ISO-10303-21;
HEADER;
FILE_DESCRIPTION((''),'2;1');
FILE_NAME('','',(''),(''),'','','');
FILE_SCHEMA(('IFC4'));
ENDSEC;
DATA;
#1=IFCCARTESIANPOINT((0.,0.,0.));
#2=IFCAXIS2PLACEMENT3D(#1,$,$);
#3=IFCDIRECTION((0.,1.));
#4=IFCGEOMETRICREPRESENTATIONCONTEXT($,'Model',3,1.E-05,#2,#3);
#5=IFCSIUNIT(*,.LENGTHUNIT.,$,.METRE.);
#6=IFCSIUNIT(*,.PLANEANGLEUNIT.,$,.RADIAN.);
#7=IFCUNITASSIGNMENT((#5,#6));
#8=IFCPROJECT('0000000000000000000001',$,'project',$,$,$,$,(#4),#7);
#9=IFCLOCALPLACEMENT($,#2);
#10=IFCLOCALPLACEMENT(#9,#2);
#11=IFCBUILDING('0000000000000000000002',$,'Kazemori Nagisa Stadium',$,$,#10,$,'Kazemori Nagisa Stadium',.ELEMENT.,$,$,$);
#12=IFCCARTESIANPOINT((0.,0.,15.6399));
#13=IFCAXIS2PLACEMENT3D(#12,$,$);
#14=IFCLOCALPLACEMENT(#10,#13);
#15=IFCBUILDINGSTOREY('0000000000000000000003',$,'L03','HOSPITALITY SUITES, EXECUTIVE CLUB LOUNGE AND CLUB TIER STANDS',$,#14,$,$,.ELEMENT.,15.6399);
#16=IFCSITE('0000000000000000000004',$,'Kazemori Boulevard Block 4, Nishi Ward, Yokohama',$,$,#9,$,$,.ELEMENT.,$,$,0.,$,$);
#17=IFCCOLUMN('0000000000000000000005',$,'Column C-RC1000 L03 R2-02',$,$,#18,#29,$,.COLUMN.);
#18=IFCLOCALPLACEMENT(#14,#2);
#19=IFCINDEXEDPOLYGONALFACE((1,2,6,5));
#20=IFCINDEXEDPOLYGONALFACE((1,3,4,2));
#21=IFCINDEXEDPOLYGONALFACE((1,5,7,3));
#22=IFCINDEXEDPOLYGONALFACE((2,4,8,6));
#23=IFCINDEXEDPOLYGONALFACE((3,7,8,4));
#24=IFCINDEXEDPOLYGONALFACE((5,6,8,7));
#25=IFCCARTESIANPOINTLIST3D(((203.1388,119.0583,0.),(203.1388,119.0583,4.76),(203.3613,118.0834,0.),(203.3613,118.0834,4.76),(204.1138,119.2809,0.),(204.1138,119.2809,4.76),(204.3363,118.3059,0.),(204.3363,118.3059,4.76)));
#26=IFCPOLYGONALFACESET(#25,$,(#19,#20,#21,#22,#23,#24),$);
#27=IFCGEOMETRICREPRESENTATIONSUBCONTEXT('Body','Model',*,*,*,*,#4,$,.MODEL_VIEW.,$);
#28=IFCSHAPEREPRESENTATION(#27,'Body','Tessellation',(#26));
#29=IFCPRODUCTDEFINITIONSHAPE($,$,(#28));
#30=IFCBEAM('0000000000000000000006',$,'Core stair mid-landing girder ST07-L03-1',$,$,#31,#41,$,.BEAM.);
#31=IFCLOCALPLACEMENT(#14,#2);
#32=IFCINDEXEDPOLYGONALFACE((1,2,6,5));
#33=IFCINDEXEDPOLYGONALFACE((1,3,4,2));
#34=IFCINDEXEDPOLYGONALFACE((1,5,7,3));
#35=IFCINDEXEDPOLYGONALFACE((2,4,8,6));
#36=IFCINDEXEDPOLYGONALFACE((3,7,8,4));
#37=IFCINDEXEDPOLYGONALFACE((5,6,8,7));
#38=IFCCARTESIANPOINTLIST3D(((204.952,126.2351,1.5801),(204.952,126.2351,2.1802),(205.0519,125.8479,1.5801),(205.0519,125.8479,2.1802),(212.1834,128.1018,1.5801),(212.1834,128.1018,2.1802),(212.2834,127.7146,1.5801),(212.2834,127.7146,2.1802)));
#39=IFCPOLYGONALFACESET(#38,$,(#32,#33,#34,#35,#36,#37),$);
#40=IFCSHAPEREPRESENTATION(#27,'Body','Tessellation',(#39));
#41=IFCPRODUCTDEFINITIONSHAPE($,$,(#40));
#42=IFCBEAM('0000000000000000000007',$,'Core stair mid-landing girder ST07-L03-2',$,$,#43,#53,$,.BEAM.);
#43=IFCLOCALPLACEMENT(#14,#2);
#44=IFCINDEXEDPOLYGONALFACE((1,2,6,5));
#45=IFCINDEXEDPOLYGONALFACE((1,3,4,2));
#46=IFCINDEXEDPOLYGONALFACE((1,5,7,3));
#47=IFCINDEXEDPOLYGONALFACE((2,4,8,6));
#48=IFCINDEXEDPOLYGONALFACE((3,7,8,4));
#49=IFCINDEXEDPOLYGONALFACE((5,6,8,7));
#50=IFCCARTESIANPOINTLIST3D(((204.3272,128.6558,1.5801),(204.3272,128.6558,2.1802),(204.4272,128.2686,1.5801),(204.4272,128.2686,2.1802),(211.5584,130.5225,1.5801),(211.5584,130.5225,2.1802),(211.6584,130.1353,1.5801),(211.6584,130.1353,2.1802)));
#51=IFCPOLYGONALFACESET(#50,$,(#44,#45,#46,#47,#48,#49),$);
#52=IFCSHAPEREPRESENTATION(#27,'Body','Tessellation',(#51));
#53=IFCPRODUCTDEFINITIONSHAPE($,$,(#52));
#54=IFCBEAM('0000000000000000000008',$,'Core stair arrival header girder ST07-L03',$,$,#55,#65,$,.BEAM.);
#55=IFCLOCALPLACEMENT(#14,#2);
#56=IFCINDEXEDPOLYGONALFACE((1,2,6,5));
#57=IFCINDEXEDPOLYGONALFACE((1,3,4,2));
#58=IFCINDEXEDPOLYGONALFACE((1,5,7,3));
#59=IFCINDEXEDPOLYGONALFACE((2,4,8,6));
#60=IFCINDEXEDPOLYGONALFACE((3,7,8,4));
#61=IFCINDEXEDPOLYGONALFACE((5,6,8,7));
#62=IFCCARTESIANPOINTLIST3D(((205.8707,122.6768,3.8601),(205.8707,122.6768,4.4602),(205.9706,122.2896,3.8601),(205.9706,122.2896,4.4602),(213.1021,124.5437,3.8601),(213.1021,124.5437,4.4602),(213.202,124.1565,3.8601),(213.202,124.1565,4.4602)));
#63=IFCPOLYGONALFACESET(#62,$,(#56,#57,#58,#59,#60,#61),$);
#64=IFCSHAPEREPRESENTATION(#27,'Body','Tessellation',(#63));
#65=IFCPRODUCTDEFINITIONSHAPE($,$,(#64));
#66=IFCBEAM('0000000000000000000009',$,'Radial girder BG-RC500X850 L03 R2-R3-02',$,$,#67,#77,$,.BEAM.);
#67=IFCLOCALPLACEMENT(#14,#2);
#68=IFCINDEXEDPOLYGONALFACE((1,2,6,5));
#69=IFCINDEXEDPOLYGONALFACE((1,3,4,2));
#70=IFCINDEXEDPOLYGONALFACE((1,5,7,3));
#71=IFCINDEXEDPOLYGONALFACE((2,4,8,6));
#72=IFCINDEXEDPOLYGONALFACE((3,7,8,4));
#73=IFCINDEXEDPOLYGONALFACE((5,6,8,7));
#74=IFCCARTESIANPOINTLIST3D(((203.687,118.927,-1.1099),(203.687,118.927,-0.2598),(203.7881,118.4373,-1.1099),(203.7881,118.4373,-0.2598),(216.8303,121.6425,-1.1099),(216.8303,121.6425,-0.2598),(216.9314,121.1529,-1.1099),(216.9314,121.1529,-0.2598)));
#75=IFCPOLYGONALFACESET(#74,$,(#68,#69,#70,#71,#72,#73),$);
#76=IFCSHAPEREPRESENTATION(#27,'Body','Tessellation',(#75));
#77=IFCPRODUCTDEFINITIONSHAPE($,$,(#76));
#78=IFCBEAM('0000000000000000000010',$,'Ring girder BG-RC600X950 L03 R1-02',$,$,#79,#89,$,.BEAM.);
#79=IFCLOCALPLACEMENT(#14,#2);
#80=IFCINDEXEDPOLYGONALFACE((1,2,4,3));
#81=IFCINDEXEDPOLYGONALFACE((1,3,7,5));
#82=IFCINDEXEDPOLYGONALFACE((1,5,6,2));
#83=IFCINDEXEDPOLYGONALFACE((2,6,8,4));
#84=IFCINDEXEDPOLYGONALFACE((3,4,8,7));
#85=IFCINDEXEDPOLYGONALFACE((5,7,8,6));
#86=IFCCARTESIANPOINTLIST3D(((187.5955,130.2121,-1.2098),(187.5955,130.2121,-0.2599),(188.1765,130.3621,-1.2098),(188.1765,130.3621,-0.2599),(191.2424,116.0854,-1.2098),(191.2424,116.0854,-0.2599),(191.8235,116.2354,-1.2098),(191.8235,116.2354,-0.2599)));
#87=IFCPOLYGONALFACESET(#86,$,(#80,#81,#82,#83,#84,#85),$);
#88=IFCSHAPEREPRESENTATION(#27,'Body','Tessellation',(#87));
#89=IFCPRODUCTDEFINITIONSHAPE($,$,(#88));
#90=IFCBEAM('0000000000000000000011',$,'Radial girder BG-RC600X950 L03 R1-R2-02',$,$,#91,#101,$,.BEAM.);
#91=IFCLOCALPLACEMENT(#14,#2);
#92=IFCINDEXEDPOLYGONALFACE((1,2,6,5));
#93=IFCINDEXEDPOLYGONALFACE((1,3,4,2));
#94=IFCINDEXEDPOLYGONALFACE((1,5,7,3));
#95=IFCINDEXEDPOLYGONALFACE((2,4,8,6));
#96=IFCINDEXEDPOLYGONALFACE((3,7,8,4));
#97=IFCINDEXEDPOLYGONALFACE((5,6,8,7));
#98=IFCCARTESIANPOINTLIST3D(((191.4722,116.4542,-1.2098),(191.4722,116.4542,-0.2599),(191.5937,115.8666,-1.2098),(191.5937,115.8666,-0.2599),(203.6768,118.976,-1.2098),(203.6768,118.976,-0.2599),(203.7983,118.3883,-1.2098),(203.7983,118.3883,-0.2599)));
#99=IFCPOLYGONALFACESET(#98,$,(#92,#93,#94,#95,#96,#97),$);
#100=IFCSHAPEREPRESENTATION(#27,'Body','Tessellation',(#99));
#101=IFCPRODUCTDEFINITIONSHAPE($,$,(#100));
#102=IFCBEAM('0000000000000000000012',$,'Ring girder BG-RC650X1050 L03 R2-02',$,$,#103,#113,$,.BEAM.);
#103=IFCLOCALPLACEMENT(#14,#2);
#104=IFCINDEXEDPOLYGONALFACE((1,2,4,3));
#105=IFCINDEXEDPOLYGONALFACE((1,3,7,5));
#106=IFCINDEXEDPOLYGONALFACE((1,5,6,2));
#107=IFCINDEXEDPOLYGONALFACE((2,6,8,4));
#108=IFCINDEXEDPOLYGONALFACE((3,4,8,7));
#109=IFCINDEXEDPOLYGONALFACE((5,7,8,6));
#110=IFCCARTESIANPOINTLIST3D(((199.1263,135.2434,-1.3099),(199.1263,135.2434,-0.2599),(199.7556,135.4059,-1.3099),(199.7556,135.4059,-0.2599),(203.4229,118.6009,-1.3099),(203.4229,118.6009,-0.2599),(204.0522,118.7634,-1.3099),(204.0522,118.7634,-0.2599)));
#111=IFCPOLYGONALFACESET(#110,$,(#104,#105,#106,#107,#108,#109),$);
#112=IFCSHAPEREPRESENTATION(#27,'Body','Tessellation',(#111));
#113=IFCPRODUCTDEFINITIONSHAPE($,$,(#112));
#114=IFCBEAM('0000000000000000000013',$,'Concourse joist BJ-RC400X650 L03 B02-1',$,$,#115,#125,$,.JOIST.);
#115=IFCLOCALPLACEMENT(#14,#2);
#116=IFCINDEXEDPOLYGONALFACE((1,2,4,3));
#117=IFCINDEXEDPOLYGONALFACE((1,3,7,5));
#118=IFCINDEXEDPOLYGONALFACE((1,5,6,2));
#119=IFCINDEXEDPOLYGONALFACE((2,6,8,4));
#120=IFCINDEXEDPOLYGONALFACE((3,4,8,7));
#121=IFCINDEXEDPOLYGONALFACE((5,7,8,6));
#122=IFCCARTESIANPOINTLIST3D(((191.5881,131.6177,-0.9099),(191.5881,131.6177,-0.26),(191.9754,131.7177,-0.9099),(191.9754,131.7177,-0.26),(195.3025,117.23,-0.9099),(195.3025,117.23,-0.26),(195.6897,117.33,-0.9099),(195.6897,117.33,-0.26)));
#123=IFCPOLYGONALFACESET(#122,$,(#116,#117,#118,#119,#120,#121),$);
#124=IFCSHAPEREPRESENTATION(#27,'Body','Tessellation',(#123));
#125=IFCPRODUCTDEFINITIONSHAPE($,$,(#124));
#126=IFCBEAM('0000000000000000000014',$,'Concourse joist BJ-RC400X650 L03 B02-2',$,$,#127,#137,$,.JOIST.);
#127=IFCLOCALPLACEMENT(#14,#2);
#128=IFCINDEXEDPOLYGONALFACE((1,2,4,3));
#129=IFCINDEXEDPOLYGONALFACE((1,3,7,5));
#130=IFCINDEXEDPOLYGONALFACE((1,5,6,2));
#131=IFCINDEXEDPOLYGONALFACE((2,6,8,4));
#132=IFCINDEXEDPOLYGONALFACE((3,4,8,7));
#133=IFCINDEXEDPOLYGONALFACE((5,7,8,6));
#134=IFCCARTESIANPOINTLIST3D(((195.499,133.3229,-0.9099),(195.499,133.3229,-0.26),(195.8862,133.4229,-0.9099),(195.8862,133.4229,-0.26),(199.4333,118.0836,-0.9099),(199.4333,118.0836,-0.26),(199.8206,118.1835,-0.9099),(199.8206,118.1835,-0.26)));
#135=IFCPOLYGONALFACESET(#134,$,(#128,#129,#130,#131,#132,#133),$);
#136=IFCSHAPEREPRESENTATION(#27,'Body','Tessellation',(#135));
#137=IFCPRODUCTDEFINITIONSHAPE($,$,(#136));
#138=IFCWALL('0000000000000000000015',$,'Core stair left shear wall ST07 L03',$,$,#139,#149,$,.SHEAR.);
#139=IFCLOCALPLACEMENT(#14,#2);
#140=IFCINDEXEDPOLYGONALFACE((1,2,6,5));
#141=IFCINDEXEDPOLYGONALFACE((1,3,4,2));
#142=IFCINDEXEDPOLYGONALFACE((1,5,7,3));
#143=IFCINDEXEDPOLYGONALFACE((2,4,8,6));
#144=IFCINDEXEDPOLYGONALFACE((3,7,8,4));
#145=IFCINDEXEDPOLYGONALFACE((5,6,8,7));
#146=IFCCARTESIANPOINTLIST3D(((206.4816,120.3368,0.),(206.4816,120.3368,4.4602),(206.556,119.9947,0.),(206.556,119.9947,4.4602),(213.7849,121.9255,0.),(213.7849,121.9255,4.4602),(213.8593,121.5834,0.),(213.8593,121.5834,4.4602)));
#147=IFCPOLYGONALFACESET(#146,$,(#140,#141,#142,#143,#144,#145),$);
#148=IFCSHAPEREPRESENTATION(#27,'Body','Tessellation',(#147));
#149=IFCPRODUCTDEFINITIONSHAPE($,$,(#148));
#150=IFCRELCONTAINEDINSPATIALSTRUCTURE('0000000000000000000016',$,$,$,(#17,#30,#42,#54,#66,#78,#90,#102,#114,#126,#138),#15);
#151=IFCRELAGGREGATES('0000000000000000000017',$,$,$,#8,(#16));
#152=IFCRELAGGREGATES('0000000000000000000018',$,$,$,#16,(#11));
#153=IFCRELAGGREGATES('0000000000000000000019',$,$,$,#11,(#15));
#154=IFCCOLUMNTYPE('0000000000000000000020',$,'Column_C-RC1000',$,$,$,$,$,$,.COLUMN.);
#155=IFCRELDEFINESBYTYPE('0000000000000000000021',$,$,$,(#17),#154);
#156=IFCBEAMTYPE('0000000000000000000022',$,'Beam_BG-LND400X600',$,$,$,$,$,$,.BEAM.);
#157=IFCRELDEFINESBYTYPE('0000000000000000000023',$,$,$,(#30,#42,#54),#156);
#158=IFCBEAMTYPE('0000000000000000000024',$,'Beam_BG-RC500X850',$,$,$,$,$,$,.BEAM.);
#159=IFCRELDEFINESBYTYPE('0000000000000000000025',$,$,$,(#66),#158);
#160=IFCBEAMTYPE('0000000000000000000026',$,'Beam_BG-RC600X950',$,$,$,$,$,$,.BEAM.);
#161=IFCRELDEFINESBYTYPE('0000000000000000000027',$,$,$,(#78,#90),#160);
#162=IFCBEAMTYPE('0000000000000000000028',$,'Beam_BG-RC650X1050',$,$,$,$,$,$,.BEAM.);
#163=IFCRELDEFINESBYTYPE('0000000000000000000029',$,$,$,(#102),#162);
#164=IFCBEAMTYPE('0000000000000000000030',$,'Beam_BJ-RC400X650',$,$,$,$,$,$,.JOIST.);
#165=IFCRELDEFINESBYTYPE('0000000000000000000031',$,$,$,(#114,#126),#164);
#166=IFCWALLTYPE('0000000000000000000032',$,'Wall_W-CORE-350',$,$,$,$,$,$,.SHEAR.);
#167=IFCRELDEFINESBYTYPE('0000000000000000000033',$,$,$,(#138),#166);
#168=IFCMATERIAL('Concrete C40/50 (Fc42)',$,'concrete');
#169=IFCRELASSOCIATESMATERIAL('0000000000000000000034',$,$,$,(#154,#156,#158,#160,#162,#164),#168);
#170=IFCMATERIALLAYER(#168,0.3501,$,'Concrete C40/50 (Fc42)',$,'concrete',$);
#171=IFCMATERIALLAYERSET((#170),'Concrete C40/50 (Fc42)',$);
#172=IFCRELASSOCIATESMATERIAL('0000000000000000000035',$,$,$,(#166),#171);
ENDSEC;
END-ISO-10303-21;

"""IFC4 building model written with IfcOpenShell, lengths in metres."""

from ifc_helpers import new_model, si_unit, direction, frame, frame_2d, origin, origin_2d, place, context, subcontext, project, spatial, rectangle, extrude, material, layer, layer_set, material_profile, profile_set, type_object, element, save


model = new_model("IFC4")

# Units and contexts
model_context = context("Model", 3, precision=1e-05, world=origin(), true_north=direction((0.0, 1.0)))
body_context = subcontext(model_context, "Body", "Model", "MODEL_VIEW")
ifc_project = project(units=[si_unit("LENGTHUNIT", "METRE"), si_unit("PLANEANGLEUNIT", "RADIAN")], contexts=[model_context])

# Site, building, storey
site_placement = place(None, origin())
site = spatial("IfcSite", under=ifc_project, at=site_placement, Name="Kazemori Boulevard Block 4, Nishi Ward, Yokohama", CompositionType="ELEMENT", RefElevation=0.0)
building_placement = place(site_placement, origin())
building = spatial("IfcBuilding", under=site, at=building_placement, Name="Kazemori Nagisa Stadium", LongName="Kazemori Nagisa Stadium", CompositionType="ELEMENT")
storey_placement = place(building_placement, frame((0.0, 0.0, 15.6399)))
storey = spatial("IfcBuildingStorey", under=building, at=storey_placement, Name="L03", Description="HOSPITALITY SUITES, EXECUTIVE CLUB LOUNGE AND CLUB TIER STANDS", CompositionType="ELEMENT", Elevation=15.6399)

# Column
ifc_material_1 = material(Name="Concrete C40/50 (Fc42)", Category="concrete")
ifc_material_profile_1 = material_profile(ifc_material_1, rectangle(XDim=1.0, YDim=1.0, at=origin_2d()), Name="RC-COL-1000x1000")
ifc_profile_set_1 = profile_set([ifc_material_profile_1], Name="Concrete C40/50 (Fc42)")
column_type_1 = type_object("IfcColumnType", Name="Column_C-RC1000", PredefinedType="COLUMN", material=ifc_profile_set_1)
column_placement = place(storey_placement, frame((203.7375, 118.6821, 0.0), z_axis=(0.0, 0.0, 1.0), x_axis=(0.974928, 0.222521, 0.0)))
element("IfcColumn", 1, at=column_placement, inside=storey, type_object=column_type_1, Name="Column C-RC1000 L03 R2-02", PredefinedType="COLUMN", context=body_context, shape_type="SweptSolid", body=[
    extrude(rectangle(XDim=1.0, YDim=1.0, at=origin_2d()), origin(), (0.0, 0.0, 1.0), 4.76),
])

# Beams
ifc_material_profile_2 = material_profile(ifc_material_1, rectangle(XDim=0.3999, YDim=0.6001, at=origin_2d()), Name="RC-BM-400x600")
ifc_profile_set_2 = profile_set([ifc_material_profile_2], Name="Concrete C40/50 (Fc42)")
beam_type_1 = type_object("IfcBeamType", Name="Beam_BG-LND400X600", PredefinedType="BEAM", material=ifc_profile_set_2)
beam_1_placement = place(storey_placement, frame((205.002, 126.0415, 1.8801), z_axis=(0.96826, 0.249943, 0.0), x_axis=(-0.249943, 0.96826, 0.0)))
element("IfcBeam", 2, at=beam_1_placement, inside=storey, type_object=beam_type_1, Name="Core stair mid-landing girder ST07-L03-1", PredefinedType="BEAM", context=body_context, shape_type="SweptSolid", body=[
    extrude(rectangle(XDim=0.3999, YDim=0.6001, at=origin_2d()), origin(), (0.0, 0.0, 1.0), 7.4685),
])
beam_2_placement = place(storey_placement, frame((204.3772, 128.4622, 1.8801), z_axis=(0.968258, 0.249951, 0.0), x_axis=(-0.249951, 0.968258, 0.0)))
element("IfcBeam", 3, at=beam_2_placement, inside=storey, type_object=beam_type_1, Name="Core stair mid-landing girder ST07-L03-2", PredefinedType="BEAM", context=body_context, shape_type="SweptSolid", body=[
    extrude(rectangle(XDim=0.3999, YDim=0.6001, at=origin_2d()), origin(), (0.0, 0.0, 1.0), 7.4683),
])
beam_3_placement = place(storey_placement, frame((205.9207, 122.4832, 4.1602), z_axis=(0.968253, 0.249974, 0.0), x_axis=(-0.249974, 0.968253, 0.0)))
element("IfcBeam", 4, at=beam_3_placement, inside=storey, type_object=beam_type_1, Name="Core stair arrival header girder ST07-L03", PredefinedType="BEAM", context=body_context, shape_type="SweptSolid", body=[
    extrude(rectangle(XDim=0.3999, YDim=0.6001, at=origin_2d()), origin(), (0.0, 0.0, 1.0), 7.4685),
])
ifc_material_profile_3 = material_profile(ifc_material_1, rectangle(XDim=0.5, YDim=0.8501, at=origin_2d()), Name="RC-BM-500x850")
ifc_profile_set_3 = profile_set([ifc_material_profile_3], Name="Concrete C40/50 (Fc42)")
beam_type_2 = type_object("IfcBeamType", Name="Beam_BG-RC500X850", PredefinedType="BEAM", material=ifc_profile_set_3)
beam_4_placement = place(storey_placement, frame((203.7375, 118.6821, -0.6848), z_axis=(0.979316, 0.202339, 0.0), x_axis=(-0.202339, 0.979316, 0.0)))
element("IfcBeam", 5, at=beam_4_placement, inside=storey, type_object=beam_type_2, Name="Radial girder BG-RC500X850 L03 R2-R3-02", PredefinedType="BEAM", context=body_context, shape_type="SweptSolid", body=[
    extrude(rectangle(XDim=0.5, YDim=0.8501, at=origin_2d()), origin(), (0.0, 0.0, 1.0), 13.4209),
])
ifc_material_profile_4 = material_profile(ifc_material_1, rectangle(XDim=0.6001, YDim=0.95, at=origin_2d()), Name="RC-BM-600x950")
ifc_profile_set_4 = profile_set([ifc_material_profile_4], Name="Concrete C40/50 (Fc42)")
beam_type_3 = type_object("IfcBeamType", Name="Beam_BG-RC600X950", PredefinedType="BEAM", material=ifc_profile_set_4)
beam_5_placement = place(storey_placement, frame((191.533, 116.1604, -0.7349), z_axis=(-0.249966, 0.968255, 0.0), x_axis=(-0.968255, -0.249966, 0.0)))
element("IfcBeam", 6, at=beam_5_placement, inside=storey, type_object=beam_type_3, Name="Ring girder BG-RC600X950 L03 R1-02", PredefinedType="BEAM", context=body_context, shape_type="SweptSolid", body=[
    extrude(rectangle(XDim=0.6001, YDim=0.95, at=origin_2d()), origin(), (0.0, 0.0, 1.0), 14.5898),
])
beam_6_placement = place(storey_placement, frame((191.533, 116.1604, -0.7349), z_axis=(0.979314, 0.202347, 0.0), x_axis=(-0.202347, 0.979314, 0.0)))
element("IfcBeam", 7, at=beam_6_placement, inside=storey, type_object=beam_type_3, Name="Radial girder BG-RC600X950 L03 R1-R2-02", PredefinedType="BEAM", context=body_context, shape_type="SweptSolid", body=[
    extrude(rectangle(XDim=0.6001, YDim=0.95, at=origin_2d()), origin(), (0.0, 0.0, 1.0), 12.4624),
])
ifc_material_profile_5 = material_profile(ifc_material_1, rectangle(XDim=0.6499, YDim=1.05, at=origin_2d()), Name="RC-BM-650x1050")
ifc_profile_set_5 = profile_set([ifc_material_profile_5], Name="Concrete C40/50 (Fc42)")
beam_type_4 = type_object("IfcBeamType", Name="Beam_BG-RC650X1050", PredefinedType="BEAM", material=ifc_profile_set_5)
beam_7_placement = place(storey_placement, frame((203.7375, 118.6821, -0.7849), z_axis=(-0.249975, 0.968252, 0.0), x_axis=(-0.968252, -0.249975, 0.0)))
element("IfcBeam", 8, at=beam_7_placement, inside=storey, type_object=beam_type_4, Name="Ring girder BG-RC650X1050 L03 R2-02", PredefinedType="BEAM", context=body_context, shape_type="SweptSolid", body=[
    extrude(rectangle(XDim=0.6499, YDim=1.05, at=origin_2d()), origin(), (0.0, 0.0, 1.0), 17.1882),
])
ifc_material_profile_6 = material_profile(ifc_material_1, rectangle(XDim=0.3999, YDim=0.6499, at=origin_2d()), Name="RC-BM-400x650")
ifc_profile_set_6 = profile_set([ifc_material_profile_6], Name="Concrete C40/50 (Fc42)")
beam_type_5 = type_object("IfcBeamType", Name="Beam_BJ-RC400X650", PredefinedType="JOIST", material=ifc_profile_set_6)
beam_8_placement = place(storey_placement, frame((195.4961, 117.28, -0.585), z_axis=(-0.249966, 0.968254, 0.0), x_axis=(-0.968254, -0.249966, 0.0)))
element("IfcBeam", 9, at=beam_8_placement, inside=storey, type_object=beam_type_5, Name="Concourse joist BJ-RC400X650 L03 B02-1", PredefinedType="JOIST", context=body_context, shape_type="SweptSolid", body=[
    extrude(rectangle(XDim=0.3999, YDim=0.6499, at=origin_2d()), origin(), (0.0, 0.0, 1.0), 14.8594),
])
beam_9_placement = place(storey_placement, frame((199.627, 118.1335, -0.585), z_axis=(-0.249974, 0.968252, 0.0), x_axis=(-0.968252, -0.249974, 0.0)))
element("IfcBeam", 10, at=beam_9_placement, inside=storey, type_object=beam_type_5, Name="Concourse joist BJ-RC400X650 L03 B02-2", PredefinedType="JOIST", context=body_context, shape_type="SweptSolid", body=[
    extrude(rectangle(XDim=0.3999, YDim=0.6499, at=origin_2d()), origin(), (0.0, 0.0, 1.0), 15.739),
])

# Wall
ifc_layer_1 = layer(ifc_material_1, 0.3501, Name="Concrete C40/50 (Fc42)", Category="concrete")
ifc_layer_set_1 = layer_set([ifc_layer_1], Name="Concrete C40/50 (Fc42)")
wall_type_1 = type_object("IfcWallType", Name="Wall_W-CORE-350", PredefinedType="SHEAR", material=ifc_layer_set_1)
wall_1_placement = place(storey_placement, frame((206.5188, 120.1658, 0.0), z_axis=(0.0, 0.0, 1.0), x_axis=(0.97715, 0.212553, 0.0)))
element("IfcWall", 11, at=wall_1_placement, inside=storey, type_object=wall_type_1, Name="Core stair left shear wall ST07 L03", PredefinedType="SHEAR", context=body_context, shape_type="SweptSolid", body=[
    extrude(rectangle(XDim=7.4741, YDim=0.3501, at=frame_2d((3.7371, 0.0))), origin(), (0.0, 0.0, 1.0), 4.4602),
])

save(model, "model.ifc")
